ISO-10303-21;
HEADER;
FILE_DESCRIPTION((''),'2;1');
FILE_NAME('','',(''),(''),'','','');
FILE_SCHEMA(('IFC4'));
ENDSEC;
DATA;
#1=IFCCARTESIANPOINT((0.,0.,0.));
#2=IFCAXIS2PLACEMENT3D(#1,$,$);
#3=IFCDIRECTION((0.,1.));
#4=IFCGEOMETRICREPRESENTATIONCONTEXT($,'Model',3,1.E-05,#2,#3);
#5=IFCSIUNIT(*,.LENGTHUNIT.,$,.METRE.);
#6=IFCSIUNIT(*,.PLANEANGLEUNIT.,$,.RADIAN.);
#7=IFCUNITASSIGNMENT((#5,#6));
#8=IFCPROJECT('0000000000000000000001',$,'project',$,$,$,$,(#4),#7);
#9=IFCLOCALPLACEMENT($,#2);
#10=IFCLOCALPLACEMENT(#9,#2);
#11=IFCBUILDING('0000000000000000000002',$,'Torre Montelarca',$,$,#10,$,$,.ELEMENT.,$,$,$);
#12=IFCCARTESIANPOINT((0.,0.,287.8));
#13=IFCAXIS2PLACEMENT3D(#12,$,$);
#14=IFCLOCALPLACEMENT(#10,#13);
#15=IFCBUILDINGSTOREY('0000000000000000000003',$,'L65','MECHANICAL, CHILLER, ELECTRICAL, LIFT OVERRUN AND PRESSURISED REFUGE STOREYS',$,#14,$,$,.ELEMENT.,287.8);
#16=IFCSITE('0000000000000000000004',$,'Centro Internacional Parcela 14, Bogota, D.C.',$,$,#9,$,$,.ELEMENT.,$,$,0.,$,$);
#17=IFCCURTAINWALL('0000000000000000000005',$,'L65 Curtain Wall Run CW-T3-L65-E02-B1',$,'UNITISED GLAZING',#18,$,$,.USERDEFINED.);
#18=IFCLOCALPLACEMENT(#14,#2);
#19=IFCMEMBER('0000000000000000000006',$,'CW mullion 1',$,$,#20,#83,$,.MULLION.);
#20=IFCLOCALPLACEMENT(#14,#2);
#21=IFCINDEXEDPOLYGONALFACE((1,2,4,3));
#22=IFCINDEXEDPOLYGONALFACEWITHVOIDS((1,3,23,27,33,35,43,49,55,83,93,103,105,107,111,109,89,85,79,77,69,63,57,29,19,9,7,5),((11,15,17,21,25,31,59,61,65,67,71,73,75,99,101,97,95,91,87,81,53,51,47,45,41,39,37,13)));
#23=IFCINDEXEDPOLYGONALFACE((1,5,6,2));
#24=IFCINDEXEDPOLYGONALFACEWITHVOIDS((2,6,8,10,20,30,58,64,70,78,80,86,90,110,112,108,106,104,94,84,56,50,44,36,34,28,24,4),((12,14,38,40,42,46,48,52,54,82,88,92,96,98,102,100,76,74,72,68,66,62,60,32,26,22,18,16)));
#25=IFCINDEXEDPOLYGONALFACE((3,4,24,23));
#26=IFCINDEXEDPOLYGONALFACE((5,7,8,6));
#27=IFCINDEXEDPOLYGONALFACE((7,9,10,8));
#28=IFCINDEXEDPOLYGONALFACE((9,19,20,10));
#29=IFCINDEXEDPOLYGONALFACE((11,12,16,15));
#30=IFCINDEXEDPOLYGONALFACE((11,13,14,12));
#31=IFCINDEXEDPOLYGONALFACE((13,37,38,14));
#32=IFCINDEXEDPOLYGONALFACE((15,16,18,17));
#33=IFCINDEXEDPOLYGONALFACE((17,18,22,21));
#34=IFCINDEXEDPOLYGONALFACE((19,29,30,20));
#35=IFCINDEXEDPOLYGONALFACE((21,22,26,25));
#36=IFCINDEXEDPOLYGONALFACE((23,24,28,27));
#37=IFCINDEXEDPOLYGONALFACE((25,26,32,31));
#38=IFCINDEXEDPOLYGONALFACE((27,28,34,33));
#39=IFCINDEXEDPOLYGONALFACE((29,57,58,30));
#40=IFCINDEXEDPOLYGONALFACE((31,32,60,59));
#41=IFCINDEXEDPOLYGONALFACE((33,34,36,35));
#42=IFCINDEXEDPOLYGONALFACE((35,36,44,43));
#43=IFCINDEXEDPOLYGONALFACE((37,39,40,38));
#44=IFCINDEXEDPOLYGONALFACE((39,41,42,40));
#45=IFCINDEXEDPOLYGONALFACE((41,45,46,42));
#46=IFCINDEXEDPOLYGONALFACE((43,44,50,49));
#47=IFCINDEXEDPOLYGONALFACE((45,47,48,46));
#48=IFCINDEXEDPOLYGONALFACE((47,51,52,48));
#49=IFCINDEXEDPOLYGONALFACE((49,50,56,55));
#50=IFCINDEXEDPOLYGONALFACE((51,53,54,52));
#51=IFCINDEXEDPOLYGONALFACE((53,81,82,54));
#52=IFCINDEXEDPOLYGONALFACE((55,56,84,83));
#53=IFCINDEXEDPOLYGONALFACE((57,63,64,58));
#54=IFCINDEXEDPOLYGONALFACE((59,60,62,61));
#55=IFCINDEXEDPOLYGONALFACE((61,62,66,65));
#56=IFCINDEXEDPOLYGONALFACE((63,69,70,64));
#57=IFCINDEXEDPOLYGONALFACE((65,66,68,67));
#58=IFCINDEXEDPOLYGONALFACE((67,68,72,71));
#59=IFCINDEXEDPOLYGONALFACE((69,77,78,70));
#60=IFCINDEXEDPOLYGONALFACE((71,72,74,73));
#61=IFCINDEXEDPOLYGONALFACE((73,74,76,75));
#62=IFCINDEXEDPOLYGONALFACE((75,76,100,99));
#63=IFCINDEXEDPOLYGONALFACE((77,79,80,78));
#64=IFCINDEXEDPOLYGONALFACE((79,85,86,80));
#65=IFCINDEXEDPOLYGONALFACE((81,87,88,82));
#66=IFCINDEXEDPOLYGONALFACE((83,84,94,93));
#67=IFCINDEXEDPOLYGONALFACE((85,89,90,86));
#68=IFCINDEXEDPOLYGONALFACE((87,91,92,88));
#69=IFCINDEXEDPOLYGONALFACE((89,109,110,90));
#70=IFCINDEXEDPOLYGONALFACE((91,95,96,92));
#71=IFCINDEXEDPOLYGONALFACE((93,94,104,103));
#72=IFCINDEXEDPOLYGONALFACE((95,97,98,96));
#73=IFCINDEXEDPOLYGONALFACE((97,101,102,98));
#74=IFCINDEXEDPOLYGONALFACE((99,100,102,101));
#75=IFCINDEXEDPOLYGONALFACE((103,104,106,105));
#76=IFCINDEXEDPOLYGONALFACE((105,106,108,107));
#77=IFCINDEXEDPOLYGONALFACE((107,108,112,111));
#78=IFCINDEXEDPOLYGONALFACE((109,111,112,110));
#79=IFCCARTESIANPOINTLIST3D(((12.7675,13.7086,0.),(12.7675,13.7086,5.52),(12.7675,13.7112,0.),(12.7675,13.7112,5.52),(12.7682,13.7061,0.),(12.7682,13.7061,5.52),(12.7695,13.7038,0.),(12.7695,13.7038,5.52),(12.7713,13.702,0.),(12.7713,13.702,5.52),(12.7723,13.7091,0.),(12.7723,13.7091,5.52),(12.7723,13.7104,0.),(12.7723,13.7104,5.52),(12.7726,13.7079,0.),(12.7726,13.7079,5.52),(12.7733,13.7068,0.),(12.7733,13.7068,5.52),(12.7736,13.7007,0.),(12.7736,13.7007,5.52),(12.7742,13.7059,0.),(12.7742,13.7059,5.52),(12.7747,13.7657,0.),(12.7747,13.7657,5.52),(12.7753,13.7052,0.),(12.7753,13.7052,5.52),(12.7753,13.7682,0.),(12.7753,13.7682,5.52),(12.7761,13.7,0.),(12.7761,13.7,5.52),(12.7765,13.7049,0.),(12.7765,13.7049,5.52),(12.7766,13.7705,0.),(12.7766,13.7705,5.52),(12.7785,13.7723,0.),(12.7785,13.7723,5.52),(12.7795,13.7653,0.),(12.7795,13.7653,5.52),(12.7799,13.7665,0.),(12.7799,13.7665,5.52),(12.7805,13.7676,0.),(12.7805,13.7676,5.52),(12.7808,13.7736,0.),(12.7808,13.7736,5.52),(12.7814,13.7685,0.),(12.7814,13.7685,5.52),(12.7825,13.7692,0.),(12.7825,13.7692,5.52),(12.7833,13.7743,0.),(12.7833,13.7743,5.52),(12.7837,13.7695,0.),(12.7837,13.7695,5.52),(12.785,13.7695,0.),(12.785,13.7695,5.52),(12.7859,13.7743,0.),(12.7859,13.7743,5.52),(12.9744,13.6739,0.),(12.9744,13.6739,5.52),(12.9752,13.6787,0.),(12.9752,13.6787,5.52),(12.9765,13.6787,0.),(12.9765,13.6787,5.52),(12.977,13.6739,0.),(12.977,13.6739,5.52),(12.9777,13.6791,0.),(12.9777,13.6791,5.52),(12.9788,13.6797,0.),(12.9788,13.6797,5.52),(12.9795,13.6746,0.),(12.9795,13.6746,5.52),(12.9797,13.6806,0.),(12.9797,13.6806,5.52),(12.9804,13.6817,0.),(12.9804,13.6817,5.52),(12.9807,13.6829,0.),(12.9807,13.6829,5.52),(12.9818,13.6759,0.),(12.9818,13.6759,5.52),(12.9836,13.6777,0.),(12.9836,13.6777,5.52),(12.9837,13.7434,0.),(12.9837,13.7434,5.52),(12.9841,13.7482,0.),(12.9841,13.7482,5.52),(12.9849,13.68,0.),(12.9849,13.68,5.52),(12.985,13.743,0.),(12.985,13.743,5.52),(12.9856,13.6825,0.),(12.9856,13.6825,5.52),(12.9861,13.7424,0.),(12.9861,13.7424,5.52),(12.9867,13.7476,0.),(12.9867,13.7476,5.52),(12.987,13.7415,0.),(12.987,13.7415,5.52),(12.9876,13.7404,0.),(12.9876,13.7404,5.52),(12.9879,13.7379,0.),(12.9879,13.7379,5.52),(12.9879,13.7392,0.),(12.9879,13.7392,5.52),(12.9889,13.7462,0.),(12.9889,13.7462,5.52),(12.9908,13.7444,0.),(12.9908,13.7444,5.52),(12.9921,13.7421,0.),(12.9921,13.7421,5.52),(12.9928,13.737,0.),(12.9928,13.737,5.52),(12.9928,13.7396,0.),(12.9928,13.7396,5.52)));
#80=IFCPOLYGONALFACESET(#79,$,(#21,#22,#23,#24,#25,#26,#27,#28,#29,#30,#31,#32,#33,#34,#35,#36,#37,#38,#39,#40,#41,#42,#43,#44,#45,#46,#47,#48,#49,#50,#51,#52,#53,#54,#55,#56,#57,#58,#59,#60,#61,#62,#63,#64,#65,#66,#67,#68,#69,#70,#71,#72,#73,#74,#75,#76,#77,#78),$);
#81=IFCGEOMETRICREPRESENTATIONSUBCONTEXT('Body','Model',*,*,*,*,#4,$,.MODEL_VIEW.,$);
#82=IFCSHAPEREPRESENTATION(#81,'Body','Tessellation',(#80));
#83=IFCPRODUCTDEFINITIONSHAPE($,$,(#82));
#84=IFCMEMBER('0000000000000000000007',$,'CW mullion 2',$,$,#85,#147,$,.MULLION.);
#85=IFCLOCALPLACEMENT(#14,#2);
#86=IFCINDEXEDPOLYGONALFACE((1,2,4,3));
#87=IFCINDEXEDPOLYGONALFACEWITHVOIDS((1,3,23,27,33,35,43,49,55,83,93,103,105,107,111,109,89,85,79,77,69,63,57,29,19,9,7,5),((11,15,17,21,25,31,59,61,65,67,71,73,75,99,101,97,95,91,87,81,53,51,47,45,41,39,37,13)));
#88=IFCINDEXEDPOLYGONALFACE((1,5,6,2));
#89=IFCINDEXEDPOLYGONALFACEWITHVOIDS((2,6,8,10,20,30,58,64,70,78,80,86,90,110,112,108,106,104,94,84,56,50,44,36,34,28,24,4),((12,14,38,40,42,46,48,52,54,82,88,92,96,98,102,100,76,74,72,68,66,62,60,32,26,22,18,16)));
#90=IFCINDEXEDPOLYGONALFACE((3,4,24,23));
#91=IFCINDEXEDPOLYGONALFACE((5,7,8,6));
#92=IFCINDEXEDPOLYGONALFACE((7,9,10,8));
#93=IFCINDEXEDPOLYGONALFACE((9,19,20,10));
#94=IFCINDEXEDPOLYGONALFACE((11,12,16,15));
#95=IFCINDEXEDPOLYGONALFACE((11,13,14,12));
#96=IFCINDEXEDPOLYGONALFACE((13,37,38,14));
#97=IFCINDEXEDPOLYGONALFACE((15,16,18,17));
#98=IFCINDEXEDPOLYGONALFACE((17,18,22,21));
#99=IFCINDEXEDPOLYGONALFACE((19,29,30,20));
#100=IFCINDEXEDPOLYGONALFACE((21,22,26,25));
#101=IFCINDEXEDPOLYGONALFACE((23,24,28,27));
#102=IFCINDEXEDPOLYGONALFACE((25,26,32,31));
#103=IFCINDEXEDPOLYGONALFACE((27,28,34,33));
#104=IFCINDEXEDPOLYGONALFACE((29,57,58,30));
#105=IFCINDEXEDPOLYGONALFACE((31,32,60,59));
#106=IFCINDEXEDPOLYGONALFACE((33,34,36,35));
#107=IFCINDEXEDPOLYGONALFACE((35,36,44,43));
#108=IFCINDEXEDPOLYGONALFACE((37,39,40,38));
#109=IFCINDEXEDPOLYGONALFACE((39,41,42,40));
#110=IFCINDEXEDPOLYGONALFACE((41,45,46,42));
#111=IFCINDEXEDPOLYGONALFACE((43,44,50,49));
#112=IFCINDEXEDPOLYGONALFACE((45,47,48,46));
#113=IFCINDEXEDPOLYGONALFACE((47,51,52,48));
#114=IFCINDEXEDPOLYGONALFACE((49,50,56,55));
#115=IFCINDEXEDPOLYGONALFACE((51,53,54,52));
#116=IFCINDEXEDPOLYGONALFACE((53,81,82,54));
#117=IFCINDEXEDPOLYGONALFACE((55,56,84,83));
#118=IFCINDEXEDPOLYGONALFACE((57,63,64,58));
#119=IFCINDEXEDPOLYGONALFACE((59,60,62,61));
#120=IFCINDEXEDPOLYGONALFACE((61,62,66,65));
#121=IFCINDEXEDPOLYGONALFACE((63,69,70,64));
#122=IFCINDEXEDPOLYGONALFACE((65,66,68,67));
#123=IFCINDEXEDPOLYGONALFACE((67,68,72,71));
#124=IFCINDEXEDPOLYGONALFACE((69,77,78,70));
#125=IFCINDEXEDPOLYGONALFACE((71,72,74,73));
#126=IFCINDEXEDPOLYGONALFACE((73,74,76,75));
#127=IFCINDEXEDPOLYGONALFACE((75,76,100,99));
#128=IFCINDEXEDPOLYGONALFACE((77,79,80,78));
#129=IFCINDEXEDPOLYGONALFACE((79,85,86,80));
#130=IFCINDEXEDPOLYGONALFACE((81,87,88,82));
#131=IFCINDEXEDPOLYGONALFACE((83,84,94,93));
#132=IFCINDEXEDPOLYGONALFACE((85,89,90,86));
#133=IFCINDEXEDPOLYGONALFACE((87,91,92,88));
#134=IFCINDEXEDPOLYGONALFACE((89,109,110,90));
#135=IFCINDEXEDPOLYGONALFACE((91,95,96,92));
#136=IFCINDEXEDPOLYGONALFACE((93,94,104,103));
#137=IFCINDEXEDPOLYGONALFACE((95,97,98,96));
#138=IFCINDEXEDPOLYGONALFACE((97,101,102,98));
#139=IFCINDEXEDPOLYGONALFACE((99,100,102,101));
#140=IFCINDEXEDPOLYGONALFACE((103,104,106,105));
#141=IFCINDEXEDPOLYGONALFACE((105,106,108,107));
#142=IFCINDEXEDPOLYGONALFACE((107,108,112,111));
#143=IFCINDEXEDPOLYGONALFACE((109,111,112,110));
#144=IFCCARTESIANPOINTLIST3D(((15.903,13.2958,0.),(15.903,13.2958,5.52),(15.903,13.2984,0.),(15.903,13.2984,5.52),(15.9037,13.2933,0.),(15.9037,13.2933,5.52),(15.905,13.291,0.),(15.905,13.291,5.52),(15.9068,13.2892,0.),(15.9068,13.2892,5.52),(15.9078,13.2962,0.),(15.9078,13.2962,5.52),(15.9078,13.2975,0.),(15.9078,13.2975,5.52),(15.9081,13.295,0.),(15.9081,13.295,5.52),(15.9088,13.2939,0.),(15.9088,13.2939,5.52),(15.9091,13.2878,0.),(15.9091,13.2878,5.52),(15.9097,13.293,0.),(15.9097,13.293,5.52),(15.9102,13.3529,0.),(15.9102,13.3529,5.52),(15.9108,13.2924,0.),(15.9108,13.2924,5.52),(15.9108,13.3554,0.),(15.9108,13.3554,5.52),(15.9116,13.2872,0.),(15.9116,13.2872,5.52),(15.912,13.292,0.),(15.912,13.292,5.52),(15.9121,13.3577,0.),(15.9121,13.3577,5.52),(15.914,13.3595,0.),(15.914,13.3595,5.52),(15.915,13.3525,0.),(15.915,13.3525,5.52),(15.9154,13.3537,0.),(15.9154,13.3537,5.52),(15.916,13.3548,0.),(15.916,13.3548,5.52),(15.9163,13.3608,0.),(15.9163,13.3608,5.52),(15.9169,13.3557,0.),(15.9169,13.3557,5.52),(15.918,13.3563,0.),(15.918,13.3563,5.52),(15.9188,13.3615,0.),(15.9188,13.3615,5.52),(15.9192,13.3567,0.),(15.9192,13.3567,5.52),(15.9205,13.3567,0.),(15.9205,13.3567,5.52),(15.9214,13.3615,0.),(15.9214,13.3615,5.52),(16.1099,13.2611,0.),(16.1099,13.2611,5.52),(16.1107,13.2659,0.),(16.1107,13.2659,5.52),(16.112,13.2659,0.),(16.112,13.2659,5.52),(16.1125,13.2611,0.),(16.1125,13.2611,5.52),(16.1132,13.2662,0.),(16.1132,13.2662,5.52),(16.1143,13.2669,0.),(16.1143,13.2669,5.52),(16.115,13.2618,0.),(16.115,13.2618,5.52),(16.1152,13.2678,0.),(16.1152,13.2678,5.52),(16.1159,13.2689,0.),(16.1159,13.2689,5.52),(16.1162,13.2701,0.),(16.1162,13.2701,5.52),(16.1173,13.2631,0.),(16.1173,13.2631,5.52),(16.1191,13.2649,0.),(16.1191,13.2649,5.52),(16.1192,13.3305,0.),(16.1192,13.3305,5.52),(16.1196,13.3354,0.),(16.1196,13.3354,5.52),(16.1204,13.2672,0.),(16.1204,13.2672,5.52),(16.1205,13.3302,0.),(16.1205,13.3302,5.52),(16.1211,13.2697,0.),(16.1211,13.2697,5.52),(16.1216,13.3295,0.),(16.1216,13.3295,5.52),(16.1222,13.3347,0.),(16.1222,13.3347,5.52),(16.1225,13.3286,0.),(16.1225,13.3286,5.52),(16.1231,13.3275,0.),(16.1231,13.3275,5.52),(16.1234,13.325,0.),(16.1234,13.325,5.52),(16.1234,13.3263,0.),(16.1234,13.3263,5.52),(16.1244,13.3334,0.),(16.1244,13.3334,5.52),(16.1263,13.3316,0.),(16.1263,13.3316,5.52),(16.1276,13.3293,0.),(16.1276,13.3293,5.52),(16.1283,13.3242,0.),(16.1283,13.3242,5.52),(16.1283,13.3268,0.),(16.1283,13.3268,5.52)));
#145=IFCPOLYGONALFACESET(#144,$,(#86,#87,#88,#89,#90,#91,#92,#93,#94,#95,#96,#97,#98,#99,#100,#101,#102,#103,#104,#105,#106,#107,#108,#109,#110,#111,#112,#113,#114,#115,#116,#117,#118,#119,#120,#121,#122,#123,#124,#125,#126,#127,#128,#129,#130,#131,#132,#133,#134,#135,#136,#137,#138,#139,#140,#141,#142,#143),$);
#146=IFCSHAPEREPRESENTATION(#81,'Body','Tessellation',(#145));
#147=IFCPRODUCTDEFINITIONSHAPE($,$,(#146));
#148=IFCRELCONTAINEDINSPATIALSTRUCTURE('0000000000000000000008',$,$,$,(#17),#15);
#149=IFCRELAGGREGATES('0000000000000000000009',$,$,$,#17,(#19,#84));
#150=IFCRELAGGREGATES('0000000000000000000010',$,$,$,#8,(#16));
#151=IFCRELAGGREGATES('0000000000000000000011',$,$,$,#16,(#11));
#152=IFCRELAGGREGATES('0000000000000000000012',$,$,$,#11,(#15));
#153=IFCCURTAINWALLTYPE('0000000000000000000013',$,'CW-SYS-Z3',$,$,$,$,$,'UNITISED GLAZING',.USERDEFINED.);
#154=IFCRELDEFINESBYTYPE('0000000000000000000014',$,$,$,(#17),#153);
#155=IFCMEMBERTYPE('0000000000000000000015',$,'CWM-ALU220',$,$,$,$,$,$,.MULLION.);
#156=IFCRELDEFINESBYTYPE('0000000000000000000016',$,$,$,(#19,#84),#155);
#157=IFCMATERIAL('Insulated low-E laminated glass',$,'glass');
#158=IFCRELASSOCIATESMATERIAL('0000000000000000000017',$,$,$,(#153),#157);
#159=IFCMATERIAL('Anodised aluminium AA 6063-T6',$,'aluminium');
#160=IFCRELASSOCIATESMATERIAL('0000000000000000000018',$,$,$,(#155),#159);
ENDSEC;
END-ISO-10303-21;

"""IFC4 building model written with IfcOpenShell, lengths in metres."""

from ifc_helpers import new_model, si_unit, direction, frame, origin, origin_2d, place, context, subcontext, project, spatial, hollow_rectangle, extrude, source, transform, mapped, material, material_profile, profile_set, type_object, element, aggregate, save


model = new_model("IFC4")

# Units and contexts
model_context = context("Model", 3, precision=1e-05, world=origin(), true_north=direction((0.0, 1.0)))
body_context = subcontext(model_context, "Body", "Model", "MODEL_VIEW")
ifc_project = project(units=[si_unit("LENGTHUNIT", "METRE"), si_unit("PLANEANGLEUNIT", "RADIAN")], contexts=[model_context])

# Site, building, storey
site_placement = place(None, origin())
site = spatial("IfcSite", under=ifc_project, at=site_placement, Name="Centro Internacional Parcela 14, Bogota, D.C.", CompositionType="ELEMENT", RefElevation=0.0)
building_placement = place(site_placement, origin())
building = spatial("IfcBuilding", under=site, at=building_placement, Name="Torre Montelarca", CompositionType="ELEMENT")
storey_placement = place(building_placement, frame((0.0, 0.0, 287.8)))
storey = spatial("IfcBuildingStorey", under=building, at=storey_placement, Name="L65", Description="MECHANICAL, CHILLER, ELECTRICAL, LIFT OVERRUN AND PRESSURISED REFUGE STOREYS", CompositionType="ELEMENT", Elevation=287.8)

# Curtain wall
ifc_material_1 = material(Name="Insulated low-E laminated glass", Category="glass")
curtain_wall_type = type_object("IfcCurtainWallType", Name="CW-SYS-Z3", ElementType="UNITISED GLAZING", PredefinedType="USERDEFINED", material=ifc_material_1)
curtain_wall_1_placement = place(storey_placement, origin())
curtain_wall_1 = element("IfcCurtainWall", 1, at=curtain_wall_1_placement, inside=storey, type_object=curtain_wall_type, Name="L65 Curtain Wall Run CW-T3-L65-E02-B1", ObjectType="UNITISED GLAZING", PredefinedType="USERDEFINED")
ifc_material_2 = material(Name="Anodised aluminium AA 6063-T6", Category="aluminium")

# Members
ifc_material_profile_1 = material_profile(ifc_material_2, hollow_rectangle(XDim=0.075, YDim=0.22, WallThickness=0.0049, InnerFilletRadius=0.0049, OuterFilletRadius=0.01, at=origin_2d()), Name="ALU75X220X5", Category="aluminium")
ifc_profile_set_1 = profile_set([ifc_material_profile_1], Name="Anodised aluminium AA 6063-T6")
member_type_1 = type_object("IfcMemberType", Name="CWM-ALU220", PredefinedType="MULLION", material=ifc_profile_set_1)
shared_shape_1 = source(origin(), body_context, "Body", "SweptSolid", [
    extrude(hollow_rectangle(XDim=0.075, YDim=0.22, WallThickness=0.0049, InnerFilletRadius=0.0049, OuterFilletRadius=0.01, at=origin_2d()), origin(), (0.0, 0.0, 1.0), 5.52),
])
member_1_placement = place(storey_placement, frame((12.8801, 13.7241, 0.0), z_axis=(0.0, 0.0, 1.0), x_axis=(0.130515, 0.991446, 0.0)))
member_1 = element("IfcMember", 2, at=member_1_placement, type_object=member_type_1, Name="CW mullion 1", PredefinedType="MULLION", context=body_context, shape_type="MappedRepresentation", body=[
    mapped(shared_shape_1, transform((0.0, 0.0, 0.0), scale=1.0)),
])
member_2_placement = place(storey_placement, frame((16.0156, 13.3113, 0.0), z_axis=(0.0, 0.0, 1.0), x_axis=(0.130515, 0.991446, 0.0)))
member_2 = element("IfcMember", 3, at=member_2_placement, type_object=member_type_1, Name="CW mullion 2", PredefinedType="MULLION", context=body_context, shape_type="MappedRepresentation", body=[
    mapped(shared_shape_1, transform((0.0, 0.0, 0.0), scale=1.0)),
])

aggregate(curtain_wall_1, [member_1, member_2])

save(model, "model.ifc")
